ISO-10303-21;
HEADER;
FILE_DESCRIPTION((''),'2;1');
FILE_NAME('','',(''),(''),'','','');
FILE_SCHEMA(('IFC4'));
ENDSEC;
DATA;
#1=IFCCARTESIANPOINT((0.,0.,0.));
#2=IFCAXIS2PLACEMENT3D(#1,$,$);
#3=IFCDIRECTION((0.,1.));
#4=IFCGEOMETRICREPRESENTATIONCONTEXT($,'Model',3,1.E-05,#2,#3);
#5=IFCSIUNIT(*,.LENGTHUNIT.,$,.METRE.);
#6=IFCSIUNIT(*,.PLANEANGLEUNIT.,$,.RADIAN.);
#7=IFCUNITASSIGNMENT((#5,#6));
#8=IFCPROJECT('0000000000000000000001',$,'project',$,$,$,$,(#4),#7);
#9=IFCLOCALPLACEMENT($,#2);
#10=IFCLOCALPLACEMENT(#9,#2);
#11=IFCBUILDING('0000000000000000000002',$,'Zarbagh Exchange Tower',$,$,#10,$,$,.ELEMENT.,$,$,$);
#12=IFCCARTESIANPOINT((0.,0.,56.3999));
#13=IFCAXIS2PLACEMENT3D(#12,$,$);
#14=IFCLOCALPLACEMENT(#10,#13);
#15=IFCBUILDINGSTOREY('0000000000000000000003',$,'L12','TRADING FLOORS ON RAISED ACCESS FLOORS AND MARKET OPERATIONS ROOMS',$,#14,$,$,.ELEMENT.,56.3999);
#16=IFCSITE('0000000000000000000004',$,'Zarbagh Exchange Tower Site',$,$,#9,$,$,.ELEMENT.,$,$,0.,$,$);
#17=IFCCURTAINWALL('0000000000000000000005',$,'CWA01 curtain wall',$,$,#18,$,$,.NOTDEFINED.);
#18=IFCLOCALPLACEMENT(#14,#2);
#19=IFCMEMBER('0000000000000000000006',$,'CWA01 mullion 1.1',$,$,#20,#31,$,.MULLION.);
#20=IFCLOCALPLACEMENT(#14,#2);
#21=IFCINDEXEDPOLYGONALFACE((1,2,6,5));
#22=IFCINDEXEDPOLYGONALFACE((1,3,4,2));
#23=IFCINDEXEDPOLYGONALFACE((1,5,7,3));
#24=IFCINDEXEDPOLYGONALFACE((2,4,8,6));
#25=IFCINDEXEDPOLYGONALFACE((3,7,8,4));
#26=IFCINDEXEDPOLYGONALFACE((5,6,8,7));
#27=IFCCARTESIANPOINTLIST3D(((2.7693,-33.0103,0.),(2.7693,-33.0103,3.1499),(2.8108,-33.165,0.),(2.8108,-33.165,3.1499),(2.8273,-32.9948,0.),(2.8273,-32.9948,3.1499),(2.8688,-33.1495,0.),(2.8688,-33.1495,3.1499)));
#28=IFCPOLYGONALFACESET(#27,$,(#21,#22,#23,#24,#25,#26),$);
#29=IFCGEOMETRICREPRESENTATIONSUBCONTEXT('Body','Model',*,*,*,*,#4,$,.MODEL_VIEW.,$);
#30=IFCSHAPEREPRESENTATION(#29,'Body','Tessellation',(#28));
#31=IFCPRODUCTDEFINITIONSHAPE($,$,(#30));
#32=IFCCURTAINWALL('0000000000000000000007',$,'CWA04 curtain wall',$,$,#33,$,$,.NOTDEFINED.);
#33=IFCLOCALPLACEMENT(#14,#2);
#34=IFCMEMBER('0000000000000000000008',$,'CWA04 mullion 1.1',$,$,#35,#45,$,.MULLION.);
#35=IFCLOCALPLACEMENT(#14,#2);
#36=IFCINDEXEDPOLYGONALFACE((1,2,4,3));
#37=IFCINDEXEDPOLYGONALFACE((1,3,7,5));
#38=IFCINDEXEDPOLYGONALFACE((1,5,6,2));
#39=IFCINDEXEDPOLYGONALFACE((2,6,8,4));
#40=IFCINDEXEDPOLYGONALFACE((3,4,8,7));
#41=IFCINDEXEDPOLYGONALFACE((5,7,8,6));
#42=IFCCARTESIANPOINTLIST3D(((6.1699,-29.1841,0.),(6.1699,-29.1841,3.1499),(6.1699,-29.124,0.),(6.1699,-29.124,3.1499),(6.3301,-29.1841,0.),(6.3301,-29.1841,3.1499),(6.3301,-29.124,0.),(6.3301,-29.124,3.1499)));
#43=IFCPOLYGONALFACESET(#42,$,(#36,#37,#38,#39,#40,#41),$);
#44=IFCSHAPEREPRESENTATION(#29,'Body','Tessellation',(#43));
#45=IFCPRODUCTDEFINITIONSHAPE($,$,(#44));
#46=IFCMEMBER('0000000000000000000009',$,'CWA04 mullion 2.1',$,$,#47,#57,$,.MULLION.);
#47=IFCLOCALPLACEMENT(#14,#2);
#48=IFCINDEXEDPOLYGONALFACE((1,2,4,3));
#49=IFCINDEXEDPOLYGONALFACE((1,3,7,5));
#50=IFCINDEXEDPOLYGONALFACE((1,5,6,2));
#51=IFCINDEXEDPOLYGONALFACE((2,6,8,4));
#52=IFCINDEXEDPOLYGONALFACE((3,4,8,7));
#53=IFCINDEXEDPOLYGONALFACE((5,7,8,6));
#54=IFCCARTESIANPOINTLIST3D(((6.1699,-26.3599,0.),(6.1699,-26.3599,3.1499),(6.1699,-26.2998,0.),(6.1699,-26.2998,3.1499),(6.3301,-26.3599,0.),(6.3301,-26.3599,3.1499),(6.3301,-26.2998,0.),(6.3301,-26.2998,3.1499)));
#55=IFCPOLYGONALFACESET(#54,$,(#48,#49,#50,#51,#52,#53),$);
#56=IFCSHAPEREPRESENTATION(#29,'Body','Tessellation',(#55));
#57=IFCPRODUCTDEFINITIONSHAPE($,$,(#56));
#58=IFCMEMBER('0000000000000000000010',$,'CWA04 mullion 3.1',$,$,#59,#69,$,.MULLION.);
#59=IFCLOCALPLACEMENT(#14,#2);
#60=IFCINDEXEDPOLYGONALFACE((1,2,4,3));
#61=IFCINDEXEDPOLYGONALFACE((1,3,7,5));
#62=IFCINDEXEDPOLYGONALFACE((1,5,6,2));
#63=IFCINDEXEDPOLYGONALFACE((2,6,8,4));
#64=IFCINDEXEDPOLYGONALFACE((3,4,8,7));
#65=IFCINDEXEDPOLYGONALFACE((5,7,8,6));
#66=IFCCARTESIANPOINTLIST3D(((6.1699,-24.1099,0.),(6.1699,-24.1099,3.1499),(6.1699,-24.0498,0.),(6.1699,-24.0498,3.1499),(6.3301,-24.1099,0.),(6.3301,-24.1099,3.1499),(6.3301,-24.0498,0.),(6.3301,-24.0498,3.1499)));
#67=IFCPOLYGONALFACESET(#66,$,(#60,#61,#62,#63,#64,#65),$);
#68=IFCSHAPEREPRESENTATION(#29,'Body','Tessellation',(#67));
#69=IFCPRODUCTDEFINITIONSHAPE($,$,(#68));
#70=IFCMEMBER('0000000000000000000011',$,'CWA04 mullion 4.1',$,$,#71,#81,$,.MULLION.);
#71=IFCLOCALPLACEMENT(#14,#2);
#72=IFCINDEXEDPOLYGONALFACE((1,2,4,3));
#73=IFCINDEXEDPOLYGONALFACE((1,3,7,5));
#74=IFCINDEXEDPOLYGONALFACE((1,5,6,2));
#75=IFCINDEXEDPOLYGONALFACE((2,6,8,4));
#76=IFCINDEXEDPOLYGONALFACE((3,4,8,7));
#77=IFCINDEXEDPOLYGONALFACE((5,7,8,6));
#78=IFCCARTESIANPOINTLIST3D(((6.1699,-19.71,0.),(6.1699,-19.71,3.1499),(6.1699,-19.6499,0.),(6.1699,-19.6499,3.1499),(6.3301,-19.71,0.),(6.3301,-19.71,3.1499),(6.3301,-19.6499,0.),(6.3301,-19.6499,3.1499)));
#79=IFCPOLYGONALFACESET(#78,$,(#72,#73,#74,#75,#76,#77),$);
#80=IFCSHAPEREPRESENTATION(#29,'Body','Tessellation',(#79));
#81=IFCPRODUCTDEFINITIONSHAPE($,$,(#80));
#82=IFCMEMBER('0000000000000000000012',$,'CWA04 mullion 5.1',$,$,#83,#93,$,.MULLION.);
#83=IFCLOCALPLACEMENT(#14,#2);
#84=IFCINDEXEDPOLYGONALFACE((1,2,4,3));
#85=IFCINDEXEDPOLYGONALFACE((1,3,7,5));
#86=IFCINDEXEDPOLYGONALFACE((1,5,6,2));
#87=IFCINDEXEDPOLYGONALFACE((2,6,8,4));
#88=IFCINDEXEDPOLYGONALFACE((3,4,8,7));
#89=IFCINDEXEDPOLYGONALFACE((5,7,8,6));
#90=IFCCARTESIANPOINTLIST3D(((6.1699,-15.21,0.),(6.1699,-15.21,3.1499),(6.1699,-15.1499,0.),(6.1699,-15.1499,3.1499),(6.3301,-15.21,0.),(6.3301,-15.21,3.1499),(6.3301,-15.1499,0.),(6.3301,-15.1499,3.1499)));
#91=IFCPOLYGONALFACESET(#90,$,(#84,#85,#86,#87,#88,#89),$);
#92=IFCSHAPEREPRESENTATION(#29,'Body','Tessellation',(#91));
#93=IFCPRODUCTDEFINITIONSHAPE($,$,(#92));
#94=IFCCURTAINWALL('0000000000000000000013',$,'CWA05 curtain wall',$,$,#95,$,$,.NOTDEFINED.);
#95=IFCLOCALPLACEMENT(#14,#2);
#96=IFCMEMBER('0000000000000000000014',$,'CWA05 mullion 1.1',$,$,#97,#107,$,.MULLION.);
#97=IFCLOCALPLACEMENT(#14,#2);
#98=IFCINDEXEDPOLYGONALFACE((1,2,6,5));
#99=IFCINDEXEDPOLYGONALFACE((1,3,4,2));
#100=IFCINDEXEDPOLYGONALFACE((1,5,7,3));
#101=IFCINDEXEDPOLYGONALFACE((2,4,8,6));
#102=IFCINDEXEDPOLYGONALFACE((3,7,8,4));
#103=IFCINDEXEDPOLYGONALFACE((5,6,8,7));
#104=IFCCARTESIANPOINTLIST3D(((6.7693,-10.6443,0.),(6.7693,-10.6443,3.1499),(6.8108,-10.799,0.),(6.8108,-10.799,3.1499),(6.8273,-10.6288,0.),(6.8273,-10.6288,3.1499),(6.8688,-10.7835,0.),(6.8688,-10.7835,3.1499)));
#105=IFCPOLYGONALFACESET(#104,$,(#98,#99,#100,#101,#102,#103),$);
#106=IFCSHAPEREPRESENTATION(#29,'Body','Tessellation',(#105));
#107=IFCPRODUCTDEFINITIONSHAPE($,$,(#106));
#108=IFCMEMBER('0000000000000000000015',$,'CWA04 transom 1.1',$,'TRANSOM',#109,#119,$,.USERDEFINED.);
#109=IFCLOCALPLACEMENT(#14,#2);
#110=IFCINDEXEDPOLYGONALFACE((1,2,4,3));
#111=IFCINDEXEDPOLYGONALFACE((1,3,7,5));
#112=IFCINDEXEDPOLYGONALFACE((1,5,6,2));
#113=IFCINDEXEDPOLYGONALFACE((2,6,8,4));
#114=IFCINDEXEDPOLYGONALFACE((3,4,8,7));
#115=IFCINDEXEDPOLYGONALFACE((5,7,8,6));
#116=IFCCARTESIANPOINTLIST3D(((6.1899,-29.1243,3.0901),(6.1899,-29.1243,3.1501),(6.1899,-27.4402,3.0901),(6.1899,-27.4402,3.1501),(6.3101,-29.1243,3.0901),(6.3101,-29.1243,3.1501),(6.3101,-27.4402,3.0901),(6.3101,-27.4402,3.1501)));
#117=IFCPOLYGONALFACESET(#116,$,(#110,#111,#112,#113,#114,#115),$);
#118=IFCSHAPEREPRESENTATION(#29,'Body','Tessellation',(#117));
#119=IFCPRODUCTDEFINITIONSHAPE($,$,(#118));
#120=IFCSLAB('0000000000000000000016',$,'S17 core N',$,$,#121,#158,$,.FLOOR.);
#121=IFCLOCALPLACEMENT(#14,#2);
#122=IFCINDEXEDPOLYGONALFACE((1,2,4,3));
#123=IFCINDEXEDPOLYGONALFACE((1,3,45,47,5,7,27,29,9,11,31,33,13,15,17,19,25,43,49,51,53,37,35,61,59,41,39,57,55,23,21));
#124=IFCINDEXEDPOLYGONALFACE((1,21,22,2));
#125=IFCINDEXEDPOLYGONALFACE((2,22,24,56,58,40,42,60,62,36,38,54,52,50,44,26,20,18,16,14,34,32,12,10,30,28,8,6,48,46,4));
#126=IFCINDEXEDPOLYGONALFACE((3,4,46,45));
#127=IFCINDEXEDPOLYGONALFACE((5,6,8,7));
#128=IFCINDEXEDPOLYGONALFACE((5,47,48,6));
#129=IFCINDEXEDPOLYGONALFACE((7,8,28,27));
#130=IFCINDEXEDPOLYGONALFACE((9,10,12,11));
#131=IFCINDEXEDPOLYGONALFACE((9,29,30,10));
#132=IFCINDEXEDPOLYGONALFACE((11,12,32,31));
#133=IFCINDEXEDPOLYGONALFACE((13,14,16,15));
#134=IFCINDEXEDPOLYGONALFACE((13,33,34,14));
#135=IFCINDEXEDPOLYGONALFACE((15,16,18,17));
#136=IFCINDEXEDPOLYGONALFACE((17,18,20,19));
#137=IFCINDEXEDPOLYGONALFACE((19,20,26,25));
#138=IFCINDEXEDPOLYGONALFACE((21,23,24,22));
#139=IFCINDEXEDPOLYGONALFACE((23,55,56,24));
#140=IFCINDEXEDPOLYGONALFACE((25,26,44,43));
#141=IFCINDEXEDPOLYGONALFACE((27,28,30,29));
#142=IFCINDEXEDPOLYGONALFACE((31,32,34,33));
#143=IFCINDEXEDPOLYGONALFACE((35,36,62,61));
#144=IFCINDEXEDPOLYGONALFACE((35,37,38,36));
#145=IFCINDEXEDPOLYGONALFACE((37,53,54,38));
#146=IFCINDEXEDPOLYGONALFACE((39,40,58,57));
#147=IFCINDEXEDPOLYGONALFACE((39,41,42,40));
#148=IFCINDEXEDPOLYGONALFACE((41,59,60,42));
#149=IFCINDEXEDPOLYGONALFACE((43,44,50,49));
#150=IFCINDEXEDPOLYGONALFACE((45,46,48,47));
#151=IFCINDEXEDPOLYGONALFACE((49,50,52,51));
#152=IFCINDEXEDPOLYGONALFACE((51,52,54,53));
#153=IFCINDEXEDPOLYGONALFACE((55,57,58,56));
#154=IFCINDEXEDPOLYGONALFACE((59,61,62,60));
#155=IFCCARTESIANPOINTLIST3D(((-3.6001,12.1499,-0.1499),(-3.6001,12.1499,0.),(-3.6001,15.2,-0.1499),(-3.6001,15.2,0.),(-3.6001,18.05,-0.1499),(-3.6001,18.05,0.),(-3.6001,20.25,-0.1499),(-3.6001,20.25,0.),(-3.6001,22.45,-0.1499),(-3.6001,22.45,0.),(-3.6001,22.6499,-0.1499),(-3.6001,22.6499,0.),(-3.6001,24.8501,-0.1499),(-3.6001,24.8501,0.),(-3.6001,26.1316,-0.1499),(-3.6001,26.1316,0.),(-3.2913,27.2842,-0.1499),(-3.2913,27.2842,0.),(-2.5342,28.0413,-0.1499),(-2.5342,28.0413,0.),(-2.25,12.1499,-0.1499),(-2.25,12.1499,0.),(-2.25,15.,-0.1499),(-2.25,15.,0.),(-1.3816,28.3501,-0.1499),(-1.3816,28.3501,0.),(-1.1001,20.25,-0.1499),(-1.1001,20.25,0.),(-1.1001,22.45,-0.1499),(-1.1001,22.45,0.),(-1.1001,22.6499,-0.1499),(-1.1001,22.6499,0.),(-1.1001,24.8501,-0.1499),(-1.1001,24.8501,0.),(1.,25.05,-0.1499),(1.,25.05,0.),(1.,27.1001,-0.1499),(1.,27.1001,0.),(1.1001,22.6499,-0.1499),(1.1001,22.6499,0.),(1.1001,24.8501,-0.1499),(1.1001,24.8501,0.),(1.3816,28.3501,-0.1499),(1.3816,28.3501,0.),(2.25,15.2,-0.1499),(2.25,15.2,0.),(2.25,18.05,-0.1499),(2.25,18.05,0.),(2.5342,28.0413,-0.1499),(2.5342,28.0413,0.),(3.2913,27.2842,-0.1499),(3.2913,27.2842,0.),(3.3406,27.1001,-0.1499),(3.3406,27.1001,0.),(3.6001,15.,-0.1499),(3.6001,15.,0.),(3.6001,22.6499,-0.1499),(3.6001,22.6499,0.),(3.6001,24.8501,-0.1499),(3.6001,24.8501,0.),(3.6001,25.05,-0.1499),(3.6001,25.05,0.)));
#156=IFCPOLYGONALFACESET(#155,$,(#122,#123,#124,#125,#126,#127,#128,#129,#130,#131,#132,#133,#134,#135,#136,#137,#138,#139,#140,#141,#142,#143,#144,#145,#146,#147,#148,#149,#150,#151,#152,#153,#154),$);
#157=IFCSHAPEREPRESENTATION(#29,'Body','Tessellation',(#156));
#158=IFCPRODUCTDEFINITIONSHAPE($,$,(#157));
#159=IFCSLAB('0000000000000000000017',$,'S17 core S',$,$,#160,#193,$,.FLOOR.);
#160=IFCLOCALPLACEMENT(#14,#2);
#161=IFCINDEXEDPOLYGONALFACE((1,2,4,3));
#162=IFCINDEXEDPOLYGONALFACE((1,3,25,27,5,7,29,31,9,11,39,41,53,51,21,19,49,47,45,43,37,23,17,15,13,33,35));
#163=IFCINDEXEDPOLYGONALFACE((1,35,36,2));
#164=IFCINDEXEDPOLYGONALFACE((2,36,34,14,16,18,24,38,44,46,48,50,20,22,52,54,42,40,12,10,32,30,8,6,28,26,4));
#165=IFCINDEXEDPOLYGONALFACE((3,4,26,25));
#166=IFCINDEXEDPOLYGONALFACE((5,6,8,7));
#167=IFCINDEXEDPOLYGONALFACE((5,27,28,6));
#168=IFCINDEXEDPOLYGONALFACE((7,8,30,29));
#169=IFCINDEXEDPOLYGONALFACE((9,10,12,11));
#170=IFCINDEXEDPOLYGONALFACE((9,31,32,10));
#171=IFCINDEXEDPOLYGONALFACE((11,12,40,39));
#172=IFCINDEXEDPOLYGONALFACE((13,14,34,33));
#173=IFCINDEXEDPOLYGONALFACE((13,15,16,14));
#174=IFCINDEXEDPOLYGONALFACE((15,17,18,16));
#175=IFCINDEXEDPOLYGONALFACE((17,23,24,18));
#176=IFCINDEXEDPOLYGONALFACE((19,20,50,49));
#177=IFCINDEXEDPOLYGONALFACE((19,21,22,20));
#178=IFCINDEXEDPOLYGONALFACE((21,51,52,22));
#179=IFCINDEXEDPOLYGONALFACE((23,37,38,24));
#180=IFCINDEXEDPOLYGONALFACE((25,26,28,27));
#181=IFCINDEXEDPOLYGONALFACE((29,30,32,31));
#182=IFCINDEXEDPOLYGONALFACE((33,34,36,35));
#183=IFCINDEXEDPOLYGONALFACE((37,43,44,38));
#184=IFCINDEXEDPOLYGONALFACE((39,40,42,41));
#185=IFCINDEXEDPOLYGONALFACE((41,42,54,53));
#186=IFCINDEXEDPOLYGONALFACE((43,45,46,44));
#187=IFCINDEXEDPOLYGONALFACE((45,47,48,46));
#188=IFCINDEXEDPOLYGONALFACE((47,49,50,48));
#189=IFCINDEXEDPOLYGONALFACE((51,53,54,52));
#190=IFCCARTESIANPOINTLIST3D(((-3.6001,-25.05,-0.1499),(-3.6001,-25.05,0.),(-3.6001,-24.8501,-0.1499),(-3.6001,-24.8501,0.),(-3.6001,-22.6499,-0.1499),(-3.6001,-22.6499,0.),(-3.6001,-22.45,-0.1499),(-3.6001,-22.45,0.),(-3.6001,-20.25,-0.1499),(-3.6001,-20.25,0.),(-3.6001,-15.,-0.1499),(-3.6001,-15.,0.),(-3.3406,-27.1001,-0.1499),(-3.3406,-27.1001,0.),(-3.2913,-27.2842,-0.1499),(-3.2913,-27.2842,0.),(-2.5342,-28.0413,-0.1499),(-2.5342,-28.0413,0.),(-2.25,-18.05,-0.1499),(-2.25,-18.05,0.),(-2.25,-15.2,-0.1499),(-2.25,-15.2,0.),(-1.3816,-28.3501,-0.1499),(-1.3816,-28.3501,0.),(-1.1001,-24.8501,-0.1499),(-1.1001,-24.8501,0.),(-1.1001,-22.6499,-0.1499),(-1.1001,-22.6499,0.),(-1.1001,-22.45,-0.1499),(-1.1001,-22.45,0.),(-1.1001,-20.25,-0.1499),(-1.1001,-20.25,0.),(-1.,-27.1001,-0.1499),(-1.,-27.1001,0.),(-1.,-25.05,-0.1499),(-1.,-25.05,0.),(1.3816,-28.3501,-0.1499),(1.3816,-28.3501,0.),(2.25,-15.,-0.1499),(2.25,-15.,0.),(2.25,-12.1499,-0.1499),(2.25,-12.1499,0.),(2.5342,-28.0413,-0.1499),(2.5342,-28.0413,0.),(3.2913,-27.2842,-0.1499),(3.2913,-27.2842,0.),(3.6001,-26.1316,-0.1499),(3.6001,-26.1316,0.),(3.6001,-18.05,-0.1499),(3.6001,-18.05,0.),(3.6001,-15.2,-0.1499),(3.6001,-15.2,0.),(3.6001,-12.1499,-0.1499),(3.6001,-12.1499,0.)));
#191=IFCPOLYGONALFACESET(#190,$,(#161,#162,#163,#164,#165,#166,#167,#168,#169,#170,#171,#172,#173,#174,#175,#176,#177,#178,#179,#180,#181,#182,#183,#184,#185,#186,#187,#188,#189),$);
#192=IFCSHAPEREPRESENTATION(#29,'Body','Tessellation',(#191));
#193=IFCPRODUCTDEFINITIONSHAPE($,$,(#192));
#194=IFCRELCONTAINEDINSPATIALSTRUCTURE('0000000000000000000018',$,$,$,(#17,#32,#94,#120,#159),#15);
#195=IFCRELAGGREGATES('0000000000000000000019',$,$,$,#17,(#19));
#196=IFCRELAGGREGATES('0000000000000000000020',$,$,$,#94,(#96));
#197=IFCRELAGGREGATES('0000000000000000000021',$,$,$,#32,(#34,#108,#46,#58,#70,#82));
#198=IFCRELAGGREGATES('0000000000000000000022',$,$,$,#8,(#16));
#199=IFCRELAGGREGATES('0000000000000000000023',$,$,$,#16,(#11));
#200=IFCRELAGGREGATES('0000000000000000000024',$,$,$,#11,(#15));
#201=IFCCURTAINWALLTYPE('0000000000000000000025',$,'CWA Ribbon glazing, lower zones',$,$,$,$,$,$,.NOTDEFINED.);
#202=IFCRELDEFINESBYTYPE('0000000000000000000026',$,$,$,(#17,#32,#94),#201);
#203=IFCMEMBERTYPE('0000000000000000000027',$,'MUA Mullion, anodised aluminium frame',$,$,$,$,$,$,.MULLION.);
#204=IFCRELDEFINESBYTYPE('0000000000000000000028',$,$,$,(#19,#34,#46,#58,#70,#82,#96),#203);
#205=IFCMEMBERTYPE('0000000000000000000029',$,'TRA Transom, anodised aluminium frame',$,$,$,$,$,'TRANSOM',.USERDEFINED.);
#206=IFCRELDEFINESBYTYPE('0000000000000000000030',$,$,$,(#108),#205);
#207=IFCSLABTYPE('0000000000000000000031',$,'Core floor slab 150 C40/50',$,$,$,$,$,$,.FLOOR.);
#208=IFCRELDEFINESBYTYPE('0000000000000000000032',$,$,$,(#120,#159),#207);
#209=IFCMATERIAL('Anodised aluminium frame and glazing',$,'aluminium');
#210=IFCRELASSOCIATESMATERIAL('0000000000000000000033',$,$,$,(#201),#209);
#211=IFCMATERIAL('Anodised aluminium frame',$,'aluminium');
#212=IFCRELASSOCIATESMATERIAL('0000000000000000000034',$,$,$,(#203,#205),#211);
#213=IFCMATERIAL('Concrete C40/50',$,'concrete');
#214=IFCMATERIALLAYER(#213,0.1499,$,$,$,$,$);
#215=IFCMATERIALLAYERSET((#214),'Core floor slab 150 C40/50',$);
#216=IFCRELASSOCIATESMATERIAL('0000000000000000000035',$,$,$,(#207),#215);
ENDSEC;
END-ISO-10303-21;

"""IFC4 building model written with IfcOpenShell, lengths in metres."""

from ifc_helpers import new_model, si_unit, direction, frame, origin, place, context, subcontext, project, spatial, polyline, outline, extrude, source, transform, mapped, material, layer, layer_set, type_object, element, aggregate, save


model = new_model("IFC4")

# Units and contexts
model_context = context("Model", 3, precision=1e-05, world=origin(), true_north=direction((0.0, 1.0)))
body_context = subcontext(model_context, "Body", "Model", "MODEL_VIEW")
ifc_project = project(units=[si_unit("LENGTHUNIT", "METRE"), si_unit("PLANEANGLEUNIT", "RADIAN")], contexts=[model_context])

# Site, building, storey
site_placement = place(None, origin())
site = spatial("IfcSite", under=ifc_project, at=site_placement, Name="Zarbagh Exchange Tower Site", CompositionType="ELEMENT", RefElevation=0.0)
building_placement = place(site_placement, origin())
building = spatial("IfcBuilding", under=site, at=building_placement, Name="Zarbagh Exchange Tower", CompositionType="ELEMENT")
storey_placement = place(building_placement, frame((0.0, 0.0, 56.3999)))
storey = spatial("IfcBuildingStorey", under=building, at=storey_placement, Name="L12", Description="TRADING FLOORS ON RAISED ACCESS FLOORS AND MARKET OPERATIONS ROOMS", CompositionType="ELEMENT", Elevation=56.3999)

# Curtain wall, member
ifc_material_1 = material(Name="Anodised aluminium frame and glazing", Category="aluminium")
curtain_wall_type = type_object("IfcCurtainWallType", Name="CWA Ribbon glazing, lower zones", PredefinedType="NOTDEFINED", material=ifc_material_1)
curtain_wall_1_placement = place(storey_placement, origin())
curtain_wall_1 = element("IfcCurtainWall", 1, at=curtain_wall_1_placement, inside=storey, type_object=curtain_wall_type, Name="CWA01 curtain wall", PredefinedType="NOTDEFINED")
ifc_material_2 = material(Name="Anodised aluminium frame", Category="aluminium")
member_type_1 = type_object("IfcMemberType", Name="MUA Mullion, anodised aluminium frame", PredefinedType="MULLION", material=ifc_material_2)
shared_shape_1 = source(origin(), body_context, "Body", "SweptSolid", [
    extrude(outline(polyline([(0.0, -0.0801), (0.0601, -0.0801), (0.0601, 0.0801), (0.0, 0.0801), (0.0, -0.0801)])), origin(), (0.0, 0.0, 1.0), 3.1499),
])
placement = place(storey_placement, origin())
member_1 = element("IfcMember", 2, at=placement, type_object=member_type_1, Name="CWA01 mullion 1.1", PredefinedType="MULLION", context=body_context, shape_type="MappedRepresentation", body=[
    mapped(shared_shape_1, transform((2.79, -33.0876, 0.0), x_axis=(0.965924, 0.258825, 0.0), y_axis=(-0.258825, 0.965924, 0.0), z_axis=(0.0, 0.0, 1.0))),
])

# Curtain wall, members
curtain_wall_2_placement = place(storey_placement, origin())
curtain_wall_2 = element("IfcCurtainWall", 3, at=curtain_wall_2_placement, inside=storey, type_object=curtain_wall_type, Name="CWA04 curtain wall", PredefinedType="NOTDEFINED")
member_2 = element("IfcMember", 4, at=placement, type_object=member_type_1, Name="CWA04 mullion 1.1", PredefinedType="MULLION", context=body_context, shape_type="MappedRepresentation", body=[
    mapped(shared_shape_1, transform((6.25, -29.1841, 0.0), x_axis=(0.0, 1.0, 0.0), y_axis=(-1.0, 0.0, 0.0), z_axis=(0.0, 0.0, 1.0))),
])
member_3 = element("IfcMember", 5, at=placement, type_object=member_type_1, Name="CWA04 mullion 2.1", PredefinedType="MULLION", context=body_context, shape_type="MappedRepresentation", body=[
    mapped(shared_shape_1, transform((6.25, -26.3599, 0.0), x_axis=(0.0, 1.0, 0.0), y_axis=(-1.0, 0.0, 0.0), z_axis=(0.0, 0.0, 1.0))),
])
member_4 = element("IfcMember", 6, at=placement, type_object=member_type_1, Name="CWA04 mullion 3.1", PredefinedType="MULLION", context=body_context, shape_type="MappedRepresentation", body=[
    mapped(shared_shape_1, transform((6.25, -24.1099, 0.0), x_axis=(0.0, 1.0, 0.0), y_axis=(-1.0, 0.0, 0.0), z_axis=(0.0, 0.0, 1.0))),
])
member_5 = element("IfcMember", 7, at=placement, type_object=member_type_1, Name="CWA04 mullion 4.1", PredefinedType="MULLION", context=body_context, shape_type="MappedRepresentation", body=[
    mapped(shared_shape_1, transform((6.25, -19.71, 0.0), x_axis=(0.0, 1.0, 0.0), y_axis=(-1.0, 0.0, 0.0), z_axis=(0.0, 0.0, 1.0))),
])
member_6 = element("IfcMember", 8, at=placement, type_object=member_type_1, Name="CWA04 mullion 5.1", PredefinedType="MULLION", context=body_context, shape_type="MappedRepresentation", body=[
    mapped(shared_shape_1, transform((6.25, -15.21, 0.0), x_axis=(0.0, 1.0, 0.0), y_axis=(-1.0, 0.0, 0.0), z_axis=(0.0, 0.0, 1.0))),
])

# Curtain wall, member
curtain_wall_3_placement = place(storey_placement, origin())
curtain_wall_3 = element("IfcCurtainWall", 9, at=curtain_wall_3_placement, inside=storey, type_object=curtain_wall_type, Name="CWA05 curtain wall", PredefinedType="NOTDEFINED")
member_7 = element("IfcMember", 10, at=placement, type_object=member_type_1, Name="CWA05 mullion 1.1", PredefinedType="MULLION", context=body_context, shape_type="MappedRepresentation", body=[
    mapped(shared_shape_1, transform((6.79, -10.7217, 0.0), x_axis=(0.965924, 0.258825, 0.0), y_axis=(-0.258825, 0.965924, 0.0), z_axis=(0.0, 0.0, 1.0))),
])

# Member
member_type_2 = type_object("IfcMemberType", Name="TRA Transom, anodised aluminium frame", ElementType="TRANSOM", PredefinedType="USERDEFINED", material=ifc_material_2)
shared_shape_2 = source(origin(), body_context, "Body", "SweptSolid", [
    extrude(outline(polyline([(-0.0601, -0.0601), (0.0, -0.0601), (0.0, 0.0601), (-0.0601, 0.0601), (-0.0601, -0.0601)])), origin(), (0.0, 0.0, 1.0), 1.6841),
])
member_8 = element("IfcMember", 11, at=placement, type_object=member_type_2, Name="CWA04 transom 1.1", ObjectType="TRANSOM", PredefinedType="USERDEFINED", context=body_context, shape_type="MappedRepresentation", body=[
    mapped(shared_shape_2, transform((6.25, -29.1243, 3.1501), x_axis=(0.0, 0.0, 1.0), y_axis=(1.0, 0.0, 0.0), z_axis=(0.0, 1.0, 0.0))),
])

# Slabs
ifc_material_3 = material(Name="Concrete C40/50", Category="concrete")
ifc_layer_1 = layer(ifc_material_3, 0.1499)
ifc_layer_set_1 = layer_set([ifc_layer_1], Name="Core floor slab 150 C40/50")
slab_type = type_object("IfcSlabType", Name="Core floor slab 150 C40/50", PredefinedType="FLOOR", material=ifc_layer_set_1)
slab_1_placement = place(storey_placement, frame((0.0, 0.0, -0.1499)))
element("IfcSlab", 12, at=slab_1_placement, inside=storey, type_object=slab_type, Name="S17 core N", PredefinedType="FLOOR", context=body_context, shape_type="SweptSolid", body=[
    extrude(outline(polyline([(-3.6001, 12.1499), (-3.6001, 15.2), (2.25, 15.2), (2.25, 18.05), (-3.6001, 18.05), (-3.6001, 20.25), (-1.1001, 20.25), (-1.1001, 22.45), (-3.6001, 22.45), (-3.6001, 22.6499), (-1.1001, 22.6499), (-1.1001, 24.8501), (-3.6001, 24.8501), (-3.6001, 26.1316), (-3.2913, 27.2842), (-2.5342, 28.0413), (-1.3816, 28.3501), (1.3816, 28.3501), (2.5342, 28.0413), (3.2913, 27.2842), (3.3406, 27.1001), (1.0, 27.1001), (1.0, 25.05), (3.6001, 25.05), (3.6001, 24.8501), (1.1001, 24.8501), (1.1001, 22.6499), (3.6001, 22.6499), (3.6001, 15.0), (-2.25, 15.0), (-2.25, 12.1499), (-3.6001, 12.1499)])), origin(), (0.0, 0.0, 1.0), 0.1499),
])
slab_2_placement = place(storey_placement, frame((0.0, 0.0, -0.1499)))
element("IfcSlab", 13, at=slab_2_placement, inside=storey, type_object=slab_type, Name="S17 core S", PredefinedType="FLOOR", context=body_context, shape_type="SweptSolid", body=[
    extrude(outline(polyline([(-2.5342, -28.0413), (-3.2913, -27.2842), (-3.3406, -27.1001), (-1.0, -27.1001), (-1.0, -25.05), (-3.6001, -25.05), (-3.6001, -24.8501), (-1.1001, -24.8501), (-1.1001, -22.6499), (-3.6001, -22.6499), (-3.6001, -22.45), (-1.1001, -22.45), (-1.1001, -20.25), (-3.6001, -20.25), (-3.6001, -15.0), (2.25, -15.0), (2.25, -12.1499), (3.6001, -12.1499), (3.6001, -15.2), (-2.25, -15.2), (-2.25, -18.05), (3.6001, -18.05), (3.6001, -26.1316), (3.2913, -27.2842), (2.5342, -28.0413), (1.3816, -28.3501), (-1.3816, -28.3501), (-2.5342, -28.0413)])), origin(), (0.0, 0.0, 1.0), 0.1499),
])

aggregate(curtain_wall_1, [member_1])

aggregate(curtain_wall_3, [member_7])
aggregate(curtain_wall_2, [member_2, member_8, member_3, member_4, member_5, member_6])

save(model, "model.ifc")
